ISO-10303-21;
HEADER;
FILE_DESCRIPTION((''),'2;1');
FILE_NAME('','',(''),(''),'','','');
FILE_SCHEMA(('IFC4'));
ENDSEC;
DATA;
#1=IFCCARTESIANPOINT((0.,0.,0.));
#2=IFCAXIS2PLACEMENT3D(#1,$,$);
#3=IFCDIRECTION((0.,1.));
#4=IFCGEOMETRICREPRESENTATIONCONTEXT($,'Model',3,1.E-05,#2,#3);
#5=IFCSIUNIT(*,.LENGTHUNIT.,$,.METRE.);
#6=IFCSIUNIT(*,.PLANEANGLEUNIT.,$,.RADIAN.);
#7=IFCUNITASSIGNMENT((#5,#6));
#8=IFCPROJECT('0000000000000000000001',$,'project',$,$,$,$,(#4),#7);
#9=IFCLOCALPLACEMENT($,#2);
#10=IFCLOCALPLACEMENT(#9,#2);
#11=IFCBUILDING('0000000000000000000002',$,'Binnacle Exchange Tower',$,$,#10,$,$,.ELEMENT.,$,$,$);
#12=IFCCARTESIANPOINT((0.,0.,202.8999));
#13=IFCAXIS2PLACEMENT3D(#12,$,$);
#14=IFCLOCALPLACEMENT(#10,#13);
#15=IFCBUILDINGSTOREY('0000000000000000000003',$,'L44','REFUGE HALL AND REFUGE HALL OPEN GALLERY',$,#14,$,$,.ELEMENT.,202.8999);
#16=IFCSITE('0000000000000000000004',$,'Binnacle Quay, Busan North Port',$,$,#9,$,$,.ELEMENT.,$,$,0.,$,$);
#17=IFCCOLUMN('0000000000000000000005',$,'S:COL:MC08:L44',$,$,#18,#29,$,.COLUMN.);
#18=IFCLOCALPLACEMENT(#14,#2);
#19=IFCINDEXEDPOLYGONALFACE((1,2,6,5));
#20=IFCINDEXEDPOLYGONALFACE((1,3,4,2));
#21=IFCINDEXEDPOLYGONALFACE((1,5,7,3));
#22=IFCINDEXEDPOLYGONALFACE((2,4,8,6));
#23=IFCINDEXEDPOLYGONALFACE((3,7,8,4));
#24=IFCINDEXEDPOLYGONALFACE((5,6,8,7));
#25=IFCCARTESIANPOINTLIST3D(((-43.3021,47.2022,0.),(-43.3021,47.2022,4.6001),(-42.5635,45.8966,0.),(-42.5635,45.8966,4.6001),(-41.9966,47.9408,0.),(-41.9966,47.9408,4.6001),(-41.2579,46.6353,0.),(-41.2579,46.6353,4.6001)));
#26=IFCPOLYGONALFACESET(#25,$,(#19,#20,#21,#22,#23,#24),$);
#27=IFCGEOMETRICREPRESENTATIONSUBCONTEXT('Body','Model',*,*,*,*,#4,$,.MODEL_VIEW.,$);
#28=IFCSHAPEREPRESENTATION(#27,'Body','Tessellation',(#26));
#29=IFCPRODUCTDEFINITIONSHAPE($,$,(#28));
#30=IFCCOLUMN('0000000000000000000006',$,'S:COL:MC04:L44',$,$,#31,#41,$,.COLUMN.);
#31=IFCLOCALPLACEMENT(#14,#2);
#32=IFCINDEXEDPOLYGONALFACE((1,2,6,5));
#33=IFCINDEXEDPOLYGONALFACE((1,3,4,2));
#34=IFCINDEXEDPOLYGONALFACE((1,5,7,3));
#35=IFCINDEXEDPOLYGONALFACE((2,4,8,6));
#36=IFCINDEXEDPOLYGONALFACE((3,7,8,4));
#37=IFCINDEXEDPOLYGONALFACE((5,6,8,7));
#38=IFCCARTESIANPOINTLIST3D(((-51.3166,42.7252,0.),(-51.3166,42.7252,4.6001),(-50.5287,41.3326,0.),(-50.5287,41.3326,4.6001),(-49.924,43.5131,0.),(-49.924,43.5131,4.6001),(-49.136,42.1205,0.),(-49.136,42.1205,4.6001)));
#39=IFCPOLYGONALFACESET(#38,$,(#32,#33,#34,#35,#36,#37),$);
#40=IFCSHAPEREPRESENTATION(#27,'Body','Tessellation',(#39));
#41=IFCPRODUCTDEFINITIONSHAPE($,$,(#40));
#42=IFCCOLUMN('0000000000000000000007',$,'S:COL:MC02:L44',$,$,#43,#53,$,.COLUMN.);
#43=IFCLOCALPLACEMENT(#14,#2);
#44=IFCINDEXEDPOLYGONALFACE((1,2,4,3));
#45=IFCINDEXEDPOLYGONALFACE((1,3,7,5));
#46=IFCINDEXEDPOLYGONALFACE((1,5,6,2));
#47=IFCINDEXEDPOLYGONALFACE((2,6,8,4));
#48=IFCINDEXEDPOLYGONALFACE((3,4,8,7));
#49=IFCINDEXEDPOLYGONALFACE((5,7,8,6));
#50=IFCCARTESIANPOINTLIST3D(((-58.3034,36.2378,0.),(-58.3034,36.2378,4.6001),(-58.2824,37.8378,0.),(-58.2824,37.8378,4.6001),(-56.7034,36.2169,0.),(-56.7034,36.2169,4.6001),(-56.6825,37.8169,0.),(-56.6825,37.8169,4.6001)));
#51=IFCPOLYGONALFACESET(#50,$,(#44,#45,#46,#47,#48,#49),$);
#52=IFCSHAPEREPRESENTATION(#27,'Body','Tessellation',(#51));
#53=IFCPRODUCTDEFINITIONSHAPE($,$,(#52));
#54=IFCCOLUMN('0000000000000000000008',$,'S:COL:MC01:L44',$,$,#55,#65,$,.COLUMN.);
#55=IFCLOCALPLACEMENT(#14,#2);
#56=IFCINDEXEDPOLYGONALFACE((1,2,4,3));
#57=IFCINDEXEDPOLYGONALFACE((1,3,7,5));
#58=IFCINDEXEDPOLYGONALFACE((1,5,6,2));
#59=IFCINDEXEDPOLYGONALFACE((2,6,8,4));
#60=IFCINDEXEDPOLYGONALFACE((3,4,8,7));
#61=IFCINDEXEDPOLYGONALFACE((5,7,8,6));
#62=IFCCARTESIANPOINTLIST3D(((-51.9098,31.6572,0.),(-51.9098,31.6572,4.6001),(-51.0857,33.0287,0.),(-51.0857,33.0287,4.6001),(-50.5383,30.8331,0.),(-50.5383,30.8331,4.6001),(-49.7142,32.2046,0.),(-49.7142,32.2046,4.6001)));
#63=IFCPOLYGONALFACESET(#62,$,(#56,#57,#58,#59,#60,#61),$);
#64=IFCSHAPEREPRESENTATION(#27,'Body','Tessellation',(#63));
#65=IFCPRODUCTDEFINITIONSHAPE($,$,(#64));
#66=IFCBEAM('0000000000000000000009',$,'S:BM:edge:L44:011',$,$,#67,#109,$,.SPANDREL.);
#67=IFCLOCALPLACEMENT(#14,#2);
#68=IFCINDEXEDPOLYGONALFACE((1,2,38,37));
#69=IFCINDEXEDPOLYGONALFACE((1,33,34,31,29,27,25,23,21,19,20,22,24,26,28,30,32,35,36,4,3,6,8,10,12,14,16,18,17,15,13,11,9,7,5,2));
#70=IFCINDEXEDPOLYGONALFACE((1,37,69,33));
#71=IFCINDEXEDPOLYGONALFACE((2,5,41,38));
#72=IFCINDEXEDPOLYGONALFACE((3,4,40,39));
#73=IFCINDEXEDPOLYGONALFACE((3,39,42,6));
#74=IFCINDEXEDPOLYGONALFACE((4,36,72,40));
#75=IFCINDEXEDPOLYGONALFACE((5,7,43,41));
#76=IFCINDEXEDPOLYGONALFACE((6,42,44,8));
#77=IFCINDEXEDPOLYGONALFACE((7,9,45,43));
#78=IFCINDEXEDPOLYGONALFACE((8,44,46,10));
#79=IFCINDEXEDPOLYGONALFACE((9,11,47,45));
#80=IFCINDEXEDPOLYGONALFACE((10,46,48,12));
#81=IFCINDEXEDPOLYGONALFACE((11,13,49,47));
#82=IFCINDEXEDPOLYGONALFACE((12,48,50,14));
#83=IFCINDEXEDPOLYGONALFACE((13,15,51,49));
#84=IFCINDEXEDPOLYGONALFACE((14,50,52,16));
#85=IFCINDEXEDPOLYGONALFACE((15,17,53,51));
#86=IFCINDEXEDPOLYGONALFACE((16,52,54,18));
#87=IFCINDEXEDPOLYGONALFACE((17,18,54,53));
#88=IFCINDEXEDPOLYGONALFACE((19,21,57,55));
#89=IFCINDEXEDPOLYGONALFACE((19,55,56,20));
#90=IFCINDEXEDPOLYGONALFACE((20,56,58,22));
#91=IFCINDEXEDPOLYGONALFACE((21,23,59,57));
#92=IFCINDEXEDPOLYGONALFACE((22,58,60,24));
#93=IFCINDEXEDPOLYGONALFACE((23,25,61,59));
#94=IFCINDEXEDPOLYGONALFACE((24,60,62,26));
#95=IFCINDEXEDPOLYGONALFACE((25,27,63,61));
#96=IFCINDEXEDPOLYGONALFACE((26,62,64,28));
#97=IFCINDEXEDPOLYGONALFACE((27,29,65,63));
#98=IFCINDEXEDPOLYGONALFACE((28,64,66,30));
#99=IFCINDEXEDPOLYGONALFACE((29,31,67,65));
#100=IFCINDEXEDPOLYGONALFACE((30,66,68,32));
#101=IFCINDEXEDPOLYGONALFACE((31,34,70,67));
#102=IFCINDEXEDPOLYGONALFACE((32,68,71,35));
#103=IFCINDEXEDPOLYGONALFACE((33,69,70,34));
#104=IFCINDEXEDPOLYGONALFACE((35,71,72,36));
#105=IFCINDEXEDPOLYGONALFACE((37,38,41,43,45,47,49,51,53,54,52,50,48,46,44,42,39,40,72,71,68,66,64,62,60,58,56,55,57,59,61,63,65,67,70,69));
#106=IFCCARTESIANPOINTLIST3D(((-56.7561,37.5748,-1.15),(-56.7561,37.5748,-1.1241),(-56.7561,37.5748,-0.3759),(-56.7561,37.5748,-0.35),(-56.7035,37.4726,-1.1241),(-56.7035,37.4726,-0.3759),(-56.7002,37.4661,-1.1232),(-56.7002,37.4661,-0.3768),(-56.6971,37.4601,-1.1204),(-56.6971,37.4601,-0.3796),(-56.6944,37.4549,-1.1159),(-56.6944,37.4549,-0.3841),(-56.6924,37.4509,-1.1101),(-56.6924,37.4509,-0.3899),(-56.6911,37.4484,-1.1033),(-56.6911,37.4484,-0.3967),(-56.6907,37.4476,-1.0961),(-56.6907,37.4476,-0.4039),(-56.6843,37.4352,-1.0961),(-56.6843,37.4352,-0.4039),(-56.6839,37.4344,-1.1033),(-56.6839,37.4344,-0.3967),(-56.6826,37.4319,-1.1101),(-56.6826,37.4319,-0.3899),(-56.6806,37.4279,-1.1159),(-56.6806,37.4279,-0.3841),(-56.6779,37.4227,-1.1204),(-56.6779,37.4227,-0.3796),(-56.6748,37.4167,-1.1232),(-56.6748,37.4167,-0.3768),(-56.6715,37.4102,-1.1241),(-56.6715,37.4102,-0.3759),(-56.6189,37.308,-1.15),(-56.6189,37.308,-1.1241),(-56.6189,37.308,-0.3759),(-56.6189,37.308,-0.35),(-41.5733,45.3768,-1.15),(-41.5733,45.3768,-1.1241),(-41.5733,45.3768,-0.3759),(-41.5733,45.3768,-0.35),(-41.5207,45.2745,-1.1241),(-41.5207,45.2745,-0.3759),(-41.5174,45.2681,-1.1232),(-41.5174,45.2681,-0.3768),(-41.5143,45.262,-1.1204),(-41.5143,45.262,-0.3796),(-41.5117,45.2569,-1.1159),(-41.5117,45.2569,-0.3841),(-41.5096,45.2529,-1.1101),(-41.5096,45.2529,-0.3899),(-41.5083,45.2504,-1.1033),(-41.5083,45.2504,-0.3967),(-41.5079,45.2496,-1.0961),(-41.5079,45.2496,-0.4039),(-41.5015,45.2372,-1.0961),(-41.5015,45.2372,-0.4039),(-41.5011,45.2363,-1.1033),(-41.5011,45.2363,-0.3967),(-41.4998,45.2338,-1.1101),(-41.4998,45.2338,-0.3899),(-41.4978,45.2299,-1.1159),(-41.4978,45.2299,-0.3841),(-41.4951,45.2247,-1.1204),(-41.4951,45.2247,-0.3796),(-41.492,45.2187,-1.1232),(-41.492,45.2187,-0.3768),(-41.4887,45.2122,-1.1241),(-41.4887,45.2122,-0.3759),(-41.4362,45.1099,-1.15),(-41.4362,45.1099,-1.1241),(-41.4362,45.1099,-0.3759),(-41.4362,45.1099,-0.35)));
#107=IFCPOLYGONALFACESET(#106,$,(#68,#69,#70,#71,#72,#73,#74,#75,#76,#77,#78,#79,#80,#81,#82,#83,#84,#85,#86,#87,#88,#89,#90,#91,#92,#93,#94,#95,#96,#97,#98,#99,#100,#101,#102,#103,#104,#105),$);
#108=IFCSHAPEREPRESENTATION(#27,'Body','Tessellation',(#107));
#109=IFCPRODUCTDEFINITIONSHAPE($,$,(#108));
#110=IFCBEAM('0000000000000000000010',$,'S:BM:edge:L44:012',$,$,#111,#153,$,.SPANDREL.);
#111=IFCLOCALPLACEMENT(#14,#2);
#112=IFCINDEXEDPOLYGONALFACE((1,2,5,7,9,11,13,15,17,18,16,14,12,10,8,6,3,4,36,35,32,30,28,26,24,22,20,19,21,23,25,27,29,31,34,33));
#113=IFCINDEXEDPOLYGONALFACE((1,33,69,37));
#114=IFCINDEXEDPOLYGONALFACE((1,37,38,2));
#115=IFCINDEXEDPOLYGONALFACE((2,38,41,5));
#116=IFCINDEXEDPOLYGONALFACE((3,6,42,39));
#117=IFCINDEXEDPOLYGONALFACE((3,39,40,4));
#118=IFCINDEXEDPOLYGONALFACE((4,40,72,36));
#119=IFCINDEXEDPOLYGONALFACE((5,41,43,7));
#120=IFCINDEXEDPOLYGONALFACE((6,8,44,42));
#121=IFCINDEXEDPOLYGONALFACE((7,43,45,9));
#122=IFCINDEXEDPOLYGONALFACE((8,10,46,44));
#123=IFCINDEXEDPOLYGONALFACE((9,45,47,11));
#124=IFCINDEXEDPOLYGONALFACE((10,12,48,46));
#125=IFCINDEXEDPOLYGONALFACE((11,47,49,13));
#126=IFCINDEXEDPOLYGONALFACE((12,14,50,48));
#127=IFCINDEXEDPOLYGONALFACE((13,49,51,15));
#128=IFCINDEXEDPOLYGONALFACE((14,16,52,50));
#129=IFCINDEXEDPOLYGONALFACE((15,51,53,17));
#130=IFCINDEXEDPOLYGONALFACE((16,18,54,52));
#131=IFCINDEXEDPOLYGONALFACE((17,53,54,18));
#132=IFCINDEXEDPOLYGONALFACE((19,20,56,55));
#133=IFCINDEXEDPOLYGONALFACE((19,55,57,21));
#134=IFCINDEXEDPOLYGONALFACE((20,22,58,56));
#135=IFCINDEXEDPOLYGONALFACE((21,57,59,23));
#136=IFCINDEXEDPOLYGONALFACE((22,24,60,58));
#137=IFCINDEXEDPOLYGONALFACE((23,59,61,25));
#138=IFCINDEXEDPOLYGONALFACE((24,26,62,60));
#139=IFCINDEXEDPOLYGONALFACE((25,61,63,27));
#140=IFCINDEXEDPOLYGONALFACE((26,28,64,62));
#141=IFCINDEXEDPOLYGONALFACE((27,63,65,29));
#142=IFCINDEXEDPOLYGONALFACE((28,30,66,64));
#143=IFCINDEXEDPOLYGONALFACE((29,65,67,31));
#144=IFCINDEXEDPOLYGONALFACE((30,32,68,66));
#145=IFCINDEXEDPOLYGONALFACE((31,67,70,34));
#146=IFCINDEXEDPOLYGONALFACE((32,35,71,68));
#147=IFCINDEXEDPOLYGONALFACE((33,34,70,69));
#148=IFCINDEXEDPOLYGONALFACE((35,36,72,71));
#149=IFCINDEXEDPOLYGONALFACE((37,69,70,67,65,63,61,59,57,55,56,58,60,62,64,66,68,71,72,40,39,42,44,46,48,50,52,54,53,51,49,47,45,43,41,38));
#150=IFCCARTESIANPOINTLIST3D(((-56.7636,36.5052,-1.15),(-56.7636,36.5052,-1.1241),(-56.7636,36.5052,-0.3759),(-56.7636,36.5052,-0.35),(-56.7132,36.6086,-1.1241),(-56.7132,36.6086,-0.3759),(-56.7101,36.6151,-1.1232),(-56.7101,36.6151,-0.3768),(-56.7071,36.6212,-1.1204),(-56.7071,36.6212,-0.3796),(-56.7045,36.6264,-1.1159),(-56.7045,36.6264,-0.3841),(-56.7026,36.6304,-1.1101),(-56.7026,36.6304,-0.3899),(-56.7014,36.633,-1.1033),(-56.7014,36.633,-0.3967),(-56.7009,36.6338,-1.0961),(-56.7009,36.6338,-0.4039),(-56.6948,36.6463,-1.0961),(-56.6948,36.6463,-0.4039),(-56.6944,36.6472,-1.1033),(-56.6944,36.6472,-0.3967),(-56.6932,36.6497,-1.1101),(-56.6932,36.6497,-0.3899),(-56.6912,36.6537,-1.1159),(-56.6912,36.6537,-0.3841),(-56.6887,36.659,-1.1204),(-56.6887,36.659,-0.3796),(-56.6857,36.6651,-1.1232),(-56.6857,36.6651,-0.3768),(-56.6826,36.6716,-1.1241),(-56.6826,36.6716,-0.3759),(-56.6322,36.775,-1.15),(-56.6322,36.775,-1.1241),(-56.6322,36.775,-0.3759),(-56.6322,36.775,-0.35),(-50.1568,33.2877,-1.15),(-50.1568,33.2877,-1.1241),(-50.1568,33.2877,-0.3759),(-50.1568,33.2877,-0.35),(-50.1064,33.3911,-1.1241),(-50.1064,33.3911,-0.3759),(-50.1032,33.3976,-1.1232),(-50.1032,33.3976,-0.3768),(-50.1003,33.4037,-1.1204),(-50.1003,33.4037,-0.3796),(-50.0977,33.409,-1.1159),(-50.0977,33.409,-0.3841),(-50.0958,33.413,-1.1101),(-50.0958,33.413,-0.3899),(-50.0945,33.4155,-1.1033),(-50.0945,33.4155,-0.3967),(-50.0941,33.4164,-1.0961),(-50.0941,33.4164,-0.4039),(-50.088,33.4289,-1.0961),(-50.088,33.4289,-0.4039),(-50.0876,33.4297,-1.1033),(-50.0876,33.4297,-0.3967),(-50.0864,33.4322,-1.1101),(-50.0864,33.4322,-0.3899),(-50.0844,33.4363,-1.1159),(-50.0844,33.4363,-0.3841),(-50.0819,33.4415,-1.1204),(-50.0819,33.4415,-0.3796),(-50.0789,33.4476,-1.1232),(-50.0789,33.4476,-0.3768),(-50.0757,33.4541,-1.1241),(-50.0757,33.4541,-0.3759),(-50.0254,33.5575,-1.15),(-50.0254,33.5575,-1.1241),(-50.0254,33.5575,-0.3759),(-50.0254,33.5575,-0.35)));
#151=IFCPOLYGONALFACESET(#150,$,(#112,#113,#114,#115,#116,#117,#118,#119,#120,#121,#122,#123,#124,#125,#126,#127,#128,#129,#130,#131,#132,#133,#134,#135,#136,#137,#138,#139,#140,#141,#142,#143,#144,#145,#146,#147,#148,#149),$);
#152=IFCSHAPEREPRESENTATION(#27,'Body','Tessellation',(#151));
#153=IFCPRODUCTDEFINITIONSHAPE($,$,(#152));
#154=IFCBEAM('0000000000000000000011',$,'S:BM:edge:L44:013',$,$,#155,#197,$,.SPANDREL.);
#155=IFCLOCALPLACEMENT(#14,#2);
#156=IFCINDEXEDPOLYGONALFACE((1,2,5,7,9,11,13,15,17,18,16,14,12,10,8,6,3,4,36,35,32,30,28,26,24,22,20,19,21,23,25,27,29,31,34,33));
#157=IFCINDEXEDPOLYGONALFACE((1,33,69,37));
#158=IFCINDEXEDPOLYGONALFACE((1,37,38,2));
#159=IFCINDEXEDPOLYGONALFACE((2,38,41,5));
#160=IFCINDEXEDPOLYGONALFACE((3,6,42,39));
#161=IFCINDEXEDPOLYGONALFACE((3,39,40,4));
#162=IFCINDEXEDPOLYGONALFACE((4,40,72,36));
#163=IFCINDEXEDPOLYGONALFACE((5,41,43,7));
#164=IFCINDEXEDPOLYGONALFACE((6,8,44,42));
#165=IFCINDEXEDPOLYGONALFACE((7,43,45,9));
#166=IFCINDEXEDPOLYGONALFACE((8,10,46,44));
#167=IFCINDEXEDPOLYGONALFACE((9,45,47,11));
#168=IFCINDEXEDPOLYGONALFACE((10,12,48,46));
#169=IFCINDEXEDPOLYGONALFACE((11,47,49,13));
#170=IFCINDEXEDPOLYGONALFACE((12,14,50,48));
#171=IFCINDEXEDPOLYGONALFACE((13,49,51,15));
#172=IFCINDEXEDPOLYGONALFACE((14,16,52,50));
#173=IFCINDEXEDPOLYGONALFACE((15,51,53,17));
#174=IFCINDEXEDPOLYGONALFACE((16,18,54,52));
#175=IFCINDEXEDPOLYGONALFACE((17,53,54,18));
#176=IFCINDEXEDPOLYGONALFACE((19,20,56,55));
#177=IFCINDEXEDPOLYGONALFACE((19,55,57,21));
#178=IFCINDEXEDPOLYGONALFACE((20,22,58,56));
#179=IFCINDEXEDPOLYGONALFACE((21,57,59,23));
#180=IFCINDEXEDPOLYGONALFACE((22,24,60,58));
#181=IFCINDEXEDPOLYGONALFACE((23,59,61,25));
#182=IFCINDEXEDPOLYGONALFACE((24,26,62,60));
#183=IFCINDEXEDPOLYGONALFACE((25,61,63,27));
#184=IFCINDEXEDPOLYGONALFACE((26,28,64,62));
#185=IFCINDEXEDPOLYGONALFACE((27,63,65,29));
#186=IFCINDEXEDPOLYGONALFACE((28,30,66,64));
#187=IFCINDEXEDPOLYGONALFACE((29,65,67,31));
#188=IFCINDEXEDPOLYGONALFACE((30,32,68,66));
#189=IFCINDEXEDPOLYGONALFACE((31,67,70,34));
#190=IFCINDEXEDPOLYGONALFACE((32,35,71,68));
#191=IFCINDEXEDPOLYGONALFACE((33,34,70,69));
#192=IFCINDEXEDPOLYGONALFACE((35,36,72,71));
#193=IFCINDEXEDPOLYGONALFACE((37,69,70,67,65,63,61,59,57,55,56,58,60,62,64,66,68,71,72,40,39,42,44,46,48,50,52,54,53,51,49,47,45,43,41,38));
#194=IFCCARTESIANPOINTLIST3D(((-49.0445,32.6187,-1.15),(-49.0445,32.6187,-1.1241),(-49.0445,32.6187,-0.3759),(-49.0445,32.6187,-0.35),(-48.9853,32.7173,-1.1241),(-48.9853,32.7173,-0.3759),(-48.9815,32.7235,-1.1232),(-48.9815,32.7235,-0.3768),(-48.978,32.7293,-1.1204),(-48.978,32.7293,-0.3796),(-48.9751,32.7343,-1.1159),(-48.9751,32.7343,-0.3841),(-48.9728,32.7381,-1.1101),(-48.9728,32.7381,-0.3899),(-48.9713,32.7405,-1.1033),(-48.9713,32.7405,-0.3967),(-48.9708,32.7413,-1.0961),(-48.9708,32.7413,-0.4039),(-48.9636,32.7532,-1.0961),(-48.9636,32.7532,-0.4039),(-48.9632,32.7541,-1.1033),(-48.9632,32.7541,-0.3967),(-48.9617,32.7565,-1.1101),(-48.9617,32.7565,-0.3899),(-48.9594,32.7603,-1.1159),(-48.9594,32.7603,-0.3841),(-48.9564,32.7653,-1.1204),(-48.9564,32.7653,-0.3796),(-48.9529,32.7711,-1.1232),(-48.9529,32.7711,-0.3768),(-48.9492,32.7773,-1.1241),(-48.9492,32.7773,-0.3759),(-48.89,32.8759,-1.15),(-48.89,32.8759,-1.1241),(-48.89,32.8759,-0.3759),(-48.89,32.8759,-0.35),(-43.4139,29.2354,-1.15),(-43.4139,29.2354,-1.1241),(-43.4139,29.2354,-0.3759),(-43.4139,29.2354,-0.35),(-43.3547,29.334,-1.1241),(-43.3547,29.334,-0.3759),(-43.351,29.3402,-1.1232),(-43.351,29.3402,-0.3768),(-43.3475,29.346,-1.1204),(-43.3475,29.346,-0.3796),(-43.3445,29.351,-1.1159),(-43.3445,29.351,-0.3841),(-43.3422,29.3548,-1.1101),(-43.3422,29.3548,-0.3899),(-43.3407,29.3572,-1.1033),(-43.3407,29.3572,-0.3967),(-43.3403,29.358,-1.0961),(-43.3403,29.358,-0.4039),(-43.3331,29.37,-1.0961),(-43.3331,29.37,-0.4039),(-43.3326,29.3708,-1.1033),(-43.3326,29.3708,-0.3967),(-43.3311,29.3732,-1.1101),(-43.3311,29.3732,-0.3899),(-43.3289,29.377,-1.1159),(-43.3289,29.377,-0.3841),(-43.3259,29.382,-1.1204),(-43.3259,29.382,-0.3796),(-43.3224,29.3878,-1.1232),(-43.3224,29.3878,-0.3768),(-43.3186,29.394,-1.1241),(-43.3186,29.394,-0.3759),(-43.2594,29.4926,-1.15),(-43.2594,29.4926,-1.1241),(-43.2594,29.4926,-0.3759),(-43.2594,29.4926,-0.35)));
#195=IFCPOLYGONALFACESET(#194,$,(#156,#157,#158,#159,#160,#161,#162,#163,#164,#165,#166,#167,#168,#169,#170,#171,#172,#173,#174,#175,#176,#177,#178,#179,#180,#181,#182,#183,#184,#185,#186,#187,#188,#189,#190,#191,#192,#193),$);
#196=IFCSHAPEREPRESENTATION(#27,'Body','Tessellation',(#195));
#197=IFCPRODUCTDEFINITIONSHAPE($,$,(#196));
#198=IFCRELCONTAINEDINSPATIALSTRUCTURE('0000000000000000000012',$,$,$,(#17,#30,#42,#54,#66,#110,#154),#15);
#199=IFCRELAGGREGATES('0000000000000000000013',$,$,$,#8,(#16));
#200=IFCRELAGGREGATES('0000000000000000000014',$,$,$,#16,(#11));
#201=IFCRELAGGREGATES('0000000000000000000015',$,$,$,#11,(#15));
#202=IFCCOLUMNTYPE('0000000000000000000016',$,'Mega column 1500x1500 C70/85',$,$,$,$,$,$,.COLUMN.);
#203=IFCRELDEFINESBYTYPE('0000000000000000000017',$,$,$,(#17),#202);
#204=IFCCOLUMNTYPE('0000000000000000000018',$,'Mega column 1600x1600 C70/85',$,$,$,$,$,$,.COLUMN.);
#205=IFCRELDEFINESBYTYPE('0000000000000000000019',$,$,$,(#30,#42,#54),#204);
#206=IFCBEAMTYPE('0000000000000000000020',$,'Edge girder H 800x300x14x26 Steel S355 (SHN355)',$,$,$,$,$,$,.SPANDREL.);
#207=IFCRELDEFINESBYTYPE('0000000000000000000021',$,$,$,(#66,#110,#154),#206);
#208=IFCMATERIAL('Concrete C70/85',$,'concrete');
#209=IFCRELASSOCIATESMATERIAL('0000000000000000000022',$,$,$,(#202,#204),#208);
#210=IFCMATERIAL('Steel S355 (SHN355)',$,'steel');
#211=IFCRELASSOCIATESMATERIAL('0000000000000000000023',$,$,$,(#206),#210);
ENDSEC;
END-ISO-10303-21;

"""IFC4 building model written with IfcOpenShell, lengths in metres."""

from ifc_helpers import new_model, si_unit, direction, frame, origin, origin_2d, place, context, subcontext, project, spatial, rectangle, i_section, extrude, material, material_profile, profile_set, type_object, element, save


model = new_model("IFC4")

# Units and contexts
model_context = context("Model", 3, precision=1e-05, world=origin(), true_north=direction((0.0, 1.0)))
body_context = subcontext(model_context, "Body", "Model", "MODEL_VIEW")
ifc_project = project(units=[si_unit("LENGTHUNIT", "METRE"), si_unit("PLANEANGLEUNIT", "RADIAN")], contexts=[model_context])

# Site, building, storey
site_placement = place(None, origin())
site = spatial("IfcSite", under=ifc_project, at=site_placement, Name="Binnacle Quay, Busan North Port", CompositionType="ELEMENT", RefElevation=0.0)
building_placement = place(site_placement, origin())
building = spatial("IfcBuilding", under=site, at=building_placement, Name="Binnacle Exchange Tower", CompositionType="ELEMENT")
storey_placement = place(building_placement, frame((0.0, 0.0, 202.8999)))
storey = spatial("IfcBuildingStorey", under=building, at=storey_placement, Name="L44", Description="REFUGE HALL AND REFUGE HALL OPEN GALLERY", CompositionType="ELEMENT", Elevation=202.8999)

# Columns
ifc_material_1 = material(Name="Concrete C70/85", Category="concrete")
ifc_material_profile_1 = material_profile(ifc_material_1, rectangle(XDim=1.5, YDim=1.5, at=origin_2d()), Name="Mega column 1500x1500 C70/85")
ifc_profile_set_1 = profile_set([ifc_material_profile_1], Name="Concrete C70/85")
column_type_1 = type_object("IfcColumnType", Name="Mega column 1500x1500 C70/85", PredefinedType="COLUMN", material=ifc_profile_set_1)
column_placement = place(storey_placement, frame((-42.28, 46.9187, 0.0), z_axis=(0.0, 0.0, 1.0), x_axis=(-0.870356, -0.492424, 0.0)))
element("IfcColumn", 1, at=column_placement, inside=storey, type_object=column_type_1, Name="S:COL:MC08:L44", PredefinedType="COLUMN", context=body_context, shape_type="SweptSolid", body=[
    extrude(rectangle(XDim=1.5, YDim=1.5, at=origin_2d()), origin(), (0.0, 0.0, 1.0), 4.6001),
])
ifc_material_profile_2 = material_profile(ifc_material_1, rectangle(XDim=1.6001, YDim=1.6001, at=origin_2d()), Name="Mega column 1600x1600 C70/85")
ifc_profile_set_2 = profile_set([ifc_material_profile_2], Name="Concrete C70/85")
column_type_2 = type_object("IfcColumnType", Name="Mega column 1600x1600 C70/85", PredefinedType="COLUMN", material=ifc_profile_set_2)
for number, where, z_axis, x_axis, name in (
    (2, (-50.2263, 42.4229, 0.0), (0.0, 0.0, 1.0), (-0.870356, -0.492424, 0.0), "S:COL:MC04:L44"),
    (3, (-57.4929, 37.0273, 0.0), (0.0, 0.0, 1.0), (-0.01309, -0.999914, 0.0), "S:COL:MC02:L44"),
    (4, (-50.812, 31.9309, 0.0), (0.0, 0.0, 1.0), (0.857167, -0.515038, 0.0), "S:COL:MC01:L44"),
):
    element("IfcColumn", number, at=place(storey_placement, frame(where, z_axis=z_axis, x_axis=x_axis)), inside=storey, type_object=column_type_2, Name=name, PredefinedType="COLUMN", context=body_context, shape_type="SweptSolid", body=[
        extrude(rectangle(XDim=1.6001, YDim=1.6001, at=origin_2d()), origin(), (0.0, 0.0, 1.0), 4.6001),
    ])

# Beams
ifc_material_2 = material(Name="Steel S355 (SHN355)", Category="steel")
ifc_material_profile_3 = material_profile(ifc_material_2, i_section(OverallWidth=0.3, OverallDepth=0.8, WebThickness=0.0139, FlangeThickness=0.0259, FilletRadius=0.0281, at=origin_2d()), Name="H 800x300x14x26")
ifc_profile_set_3 = profile_set([ifc_material_profile_3], Name="Steel S355 (SHN355)")
beam_type_1 = type_object("IfcBeamType", Name="Edge girder H 800x300x14x26 Steel S355 (SHN355)", PredefinedType="SPANDREL", material=ifc_profile_set_3)
beam_1_placement = place(storey_placement, frame((-56.6875, 37.4414, -0.75), z_axis=(0.889438, 0.457055, 0.0), x_axis=(-0.457055, 0.889438, 0.0)))
element("IfcBeam", 5, at=beam_1_placement, inside=storey, type_object=beam_type_1, Name="S:BM:edge:L44:011", PredefinedType="SPANDREL", context=body_context, shape_type="SweptSolid", body=[
    extrude(i_section(OverallWidth=0.3, OverallDepth=0.8, WebThickness=0.0139, FlangeThickness=0.0259, FilletRadius=0.0281, at=origin_2d()), origin(), (0.0, 0.0, 1.0), 17.0701),
])
beam_2_placement = place(storey_placement, frame((-50.0911, 33.4226, -0.75), z_axis=(-0.899056, 0.437834, 0.0), x_axis=(-0.437834, -0.899056, 0.0)))
element("IfcBeam", 6, at=beam_2_placement, inside=storey, type_object=beam_type_1, Name="S:BM:edge:L44:012", PredefinedType="SPANDREL", context=body_context, shape_type="SweptSolid", body=[
    extrude(i_section(OverallWidth=0.3, OverallDepth=0.8, WebThickness=0.0139, FlangeThickness=0.0259, FilletRadius=0.0281, at=origin_2d()), origin(), (0.0, 0.0, 1.0), 7.3486),
])
beam_3_placement = place(storey_placement, frame((-43.3367, 29.364, -0.75), z_axis=(-0.857162, 0.515048, 0.0), x_axis=(-0.515048, -0.857162, 0.0)))
element("IfcBeam", 7, at=beam_3_placement, inside=storey, type_object=beam_type_1, Name="S:BM:edge:L44:013", PredefinedType="SPANDREL", context=body_context, shape_type="SweptSolid", body=[
    extrude(i_section(OverallWidth=0.3, OverallDepth=0.8, WebThickness=0.0139, FlangeThickness=0.0259, FilletRadius=0.0281, at=origin_2d()), origin(), (0.0, 0.0, 1.0), 6.5688),
])

save(model, "model.ifc")
